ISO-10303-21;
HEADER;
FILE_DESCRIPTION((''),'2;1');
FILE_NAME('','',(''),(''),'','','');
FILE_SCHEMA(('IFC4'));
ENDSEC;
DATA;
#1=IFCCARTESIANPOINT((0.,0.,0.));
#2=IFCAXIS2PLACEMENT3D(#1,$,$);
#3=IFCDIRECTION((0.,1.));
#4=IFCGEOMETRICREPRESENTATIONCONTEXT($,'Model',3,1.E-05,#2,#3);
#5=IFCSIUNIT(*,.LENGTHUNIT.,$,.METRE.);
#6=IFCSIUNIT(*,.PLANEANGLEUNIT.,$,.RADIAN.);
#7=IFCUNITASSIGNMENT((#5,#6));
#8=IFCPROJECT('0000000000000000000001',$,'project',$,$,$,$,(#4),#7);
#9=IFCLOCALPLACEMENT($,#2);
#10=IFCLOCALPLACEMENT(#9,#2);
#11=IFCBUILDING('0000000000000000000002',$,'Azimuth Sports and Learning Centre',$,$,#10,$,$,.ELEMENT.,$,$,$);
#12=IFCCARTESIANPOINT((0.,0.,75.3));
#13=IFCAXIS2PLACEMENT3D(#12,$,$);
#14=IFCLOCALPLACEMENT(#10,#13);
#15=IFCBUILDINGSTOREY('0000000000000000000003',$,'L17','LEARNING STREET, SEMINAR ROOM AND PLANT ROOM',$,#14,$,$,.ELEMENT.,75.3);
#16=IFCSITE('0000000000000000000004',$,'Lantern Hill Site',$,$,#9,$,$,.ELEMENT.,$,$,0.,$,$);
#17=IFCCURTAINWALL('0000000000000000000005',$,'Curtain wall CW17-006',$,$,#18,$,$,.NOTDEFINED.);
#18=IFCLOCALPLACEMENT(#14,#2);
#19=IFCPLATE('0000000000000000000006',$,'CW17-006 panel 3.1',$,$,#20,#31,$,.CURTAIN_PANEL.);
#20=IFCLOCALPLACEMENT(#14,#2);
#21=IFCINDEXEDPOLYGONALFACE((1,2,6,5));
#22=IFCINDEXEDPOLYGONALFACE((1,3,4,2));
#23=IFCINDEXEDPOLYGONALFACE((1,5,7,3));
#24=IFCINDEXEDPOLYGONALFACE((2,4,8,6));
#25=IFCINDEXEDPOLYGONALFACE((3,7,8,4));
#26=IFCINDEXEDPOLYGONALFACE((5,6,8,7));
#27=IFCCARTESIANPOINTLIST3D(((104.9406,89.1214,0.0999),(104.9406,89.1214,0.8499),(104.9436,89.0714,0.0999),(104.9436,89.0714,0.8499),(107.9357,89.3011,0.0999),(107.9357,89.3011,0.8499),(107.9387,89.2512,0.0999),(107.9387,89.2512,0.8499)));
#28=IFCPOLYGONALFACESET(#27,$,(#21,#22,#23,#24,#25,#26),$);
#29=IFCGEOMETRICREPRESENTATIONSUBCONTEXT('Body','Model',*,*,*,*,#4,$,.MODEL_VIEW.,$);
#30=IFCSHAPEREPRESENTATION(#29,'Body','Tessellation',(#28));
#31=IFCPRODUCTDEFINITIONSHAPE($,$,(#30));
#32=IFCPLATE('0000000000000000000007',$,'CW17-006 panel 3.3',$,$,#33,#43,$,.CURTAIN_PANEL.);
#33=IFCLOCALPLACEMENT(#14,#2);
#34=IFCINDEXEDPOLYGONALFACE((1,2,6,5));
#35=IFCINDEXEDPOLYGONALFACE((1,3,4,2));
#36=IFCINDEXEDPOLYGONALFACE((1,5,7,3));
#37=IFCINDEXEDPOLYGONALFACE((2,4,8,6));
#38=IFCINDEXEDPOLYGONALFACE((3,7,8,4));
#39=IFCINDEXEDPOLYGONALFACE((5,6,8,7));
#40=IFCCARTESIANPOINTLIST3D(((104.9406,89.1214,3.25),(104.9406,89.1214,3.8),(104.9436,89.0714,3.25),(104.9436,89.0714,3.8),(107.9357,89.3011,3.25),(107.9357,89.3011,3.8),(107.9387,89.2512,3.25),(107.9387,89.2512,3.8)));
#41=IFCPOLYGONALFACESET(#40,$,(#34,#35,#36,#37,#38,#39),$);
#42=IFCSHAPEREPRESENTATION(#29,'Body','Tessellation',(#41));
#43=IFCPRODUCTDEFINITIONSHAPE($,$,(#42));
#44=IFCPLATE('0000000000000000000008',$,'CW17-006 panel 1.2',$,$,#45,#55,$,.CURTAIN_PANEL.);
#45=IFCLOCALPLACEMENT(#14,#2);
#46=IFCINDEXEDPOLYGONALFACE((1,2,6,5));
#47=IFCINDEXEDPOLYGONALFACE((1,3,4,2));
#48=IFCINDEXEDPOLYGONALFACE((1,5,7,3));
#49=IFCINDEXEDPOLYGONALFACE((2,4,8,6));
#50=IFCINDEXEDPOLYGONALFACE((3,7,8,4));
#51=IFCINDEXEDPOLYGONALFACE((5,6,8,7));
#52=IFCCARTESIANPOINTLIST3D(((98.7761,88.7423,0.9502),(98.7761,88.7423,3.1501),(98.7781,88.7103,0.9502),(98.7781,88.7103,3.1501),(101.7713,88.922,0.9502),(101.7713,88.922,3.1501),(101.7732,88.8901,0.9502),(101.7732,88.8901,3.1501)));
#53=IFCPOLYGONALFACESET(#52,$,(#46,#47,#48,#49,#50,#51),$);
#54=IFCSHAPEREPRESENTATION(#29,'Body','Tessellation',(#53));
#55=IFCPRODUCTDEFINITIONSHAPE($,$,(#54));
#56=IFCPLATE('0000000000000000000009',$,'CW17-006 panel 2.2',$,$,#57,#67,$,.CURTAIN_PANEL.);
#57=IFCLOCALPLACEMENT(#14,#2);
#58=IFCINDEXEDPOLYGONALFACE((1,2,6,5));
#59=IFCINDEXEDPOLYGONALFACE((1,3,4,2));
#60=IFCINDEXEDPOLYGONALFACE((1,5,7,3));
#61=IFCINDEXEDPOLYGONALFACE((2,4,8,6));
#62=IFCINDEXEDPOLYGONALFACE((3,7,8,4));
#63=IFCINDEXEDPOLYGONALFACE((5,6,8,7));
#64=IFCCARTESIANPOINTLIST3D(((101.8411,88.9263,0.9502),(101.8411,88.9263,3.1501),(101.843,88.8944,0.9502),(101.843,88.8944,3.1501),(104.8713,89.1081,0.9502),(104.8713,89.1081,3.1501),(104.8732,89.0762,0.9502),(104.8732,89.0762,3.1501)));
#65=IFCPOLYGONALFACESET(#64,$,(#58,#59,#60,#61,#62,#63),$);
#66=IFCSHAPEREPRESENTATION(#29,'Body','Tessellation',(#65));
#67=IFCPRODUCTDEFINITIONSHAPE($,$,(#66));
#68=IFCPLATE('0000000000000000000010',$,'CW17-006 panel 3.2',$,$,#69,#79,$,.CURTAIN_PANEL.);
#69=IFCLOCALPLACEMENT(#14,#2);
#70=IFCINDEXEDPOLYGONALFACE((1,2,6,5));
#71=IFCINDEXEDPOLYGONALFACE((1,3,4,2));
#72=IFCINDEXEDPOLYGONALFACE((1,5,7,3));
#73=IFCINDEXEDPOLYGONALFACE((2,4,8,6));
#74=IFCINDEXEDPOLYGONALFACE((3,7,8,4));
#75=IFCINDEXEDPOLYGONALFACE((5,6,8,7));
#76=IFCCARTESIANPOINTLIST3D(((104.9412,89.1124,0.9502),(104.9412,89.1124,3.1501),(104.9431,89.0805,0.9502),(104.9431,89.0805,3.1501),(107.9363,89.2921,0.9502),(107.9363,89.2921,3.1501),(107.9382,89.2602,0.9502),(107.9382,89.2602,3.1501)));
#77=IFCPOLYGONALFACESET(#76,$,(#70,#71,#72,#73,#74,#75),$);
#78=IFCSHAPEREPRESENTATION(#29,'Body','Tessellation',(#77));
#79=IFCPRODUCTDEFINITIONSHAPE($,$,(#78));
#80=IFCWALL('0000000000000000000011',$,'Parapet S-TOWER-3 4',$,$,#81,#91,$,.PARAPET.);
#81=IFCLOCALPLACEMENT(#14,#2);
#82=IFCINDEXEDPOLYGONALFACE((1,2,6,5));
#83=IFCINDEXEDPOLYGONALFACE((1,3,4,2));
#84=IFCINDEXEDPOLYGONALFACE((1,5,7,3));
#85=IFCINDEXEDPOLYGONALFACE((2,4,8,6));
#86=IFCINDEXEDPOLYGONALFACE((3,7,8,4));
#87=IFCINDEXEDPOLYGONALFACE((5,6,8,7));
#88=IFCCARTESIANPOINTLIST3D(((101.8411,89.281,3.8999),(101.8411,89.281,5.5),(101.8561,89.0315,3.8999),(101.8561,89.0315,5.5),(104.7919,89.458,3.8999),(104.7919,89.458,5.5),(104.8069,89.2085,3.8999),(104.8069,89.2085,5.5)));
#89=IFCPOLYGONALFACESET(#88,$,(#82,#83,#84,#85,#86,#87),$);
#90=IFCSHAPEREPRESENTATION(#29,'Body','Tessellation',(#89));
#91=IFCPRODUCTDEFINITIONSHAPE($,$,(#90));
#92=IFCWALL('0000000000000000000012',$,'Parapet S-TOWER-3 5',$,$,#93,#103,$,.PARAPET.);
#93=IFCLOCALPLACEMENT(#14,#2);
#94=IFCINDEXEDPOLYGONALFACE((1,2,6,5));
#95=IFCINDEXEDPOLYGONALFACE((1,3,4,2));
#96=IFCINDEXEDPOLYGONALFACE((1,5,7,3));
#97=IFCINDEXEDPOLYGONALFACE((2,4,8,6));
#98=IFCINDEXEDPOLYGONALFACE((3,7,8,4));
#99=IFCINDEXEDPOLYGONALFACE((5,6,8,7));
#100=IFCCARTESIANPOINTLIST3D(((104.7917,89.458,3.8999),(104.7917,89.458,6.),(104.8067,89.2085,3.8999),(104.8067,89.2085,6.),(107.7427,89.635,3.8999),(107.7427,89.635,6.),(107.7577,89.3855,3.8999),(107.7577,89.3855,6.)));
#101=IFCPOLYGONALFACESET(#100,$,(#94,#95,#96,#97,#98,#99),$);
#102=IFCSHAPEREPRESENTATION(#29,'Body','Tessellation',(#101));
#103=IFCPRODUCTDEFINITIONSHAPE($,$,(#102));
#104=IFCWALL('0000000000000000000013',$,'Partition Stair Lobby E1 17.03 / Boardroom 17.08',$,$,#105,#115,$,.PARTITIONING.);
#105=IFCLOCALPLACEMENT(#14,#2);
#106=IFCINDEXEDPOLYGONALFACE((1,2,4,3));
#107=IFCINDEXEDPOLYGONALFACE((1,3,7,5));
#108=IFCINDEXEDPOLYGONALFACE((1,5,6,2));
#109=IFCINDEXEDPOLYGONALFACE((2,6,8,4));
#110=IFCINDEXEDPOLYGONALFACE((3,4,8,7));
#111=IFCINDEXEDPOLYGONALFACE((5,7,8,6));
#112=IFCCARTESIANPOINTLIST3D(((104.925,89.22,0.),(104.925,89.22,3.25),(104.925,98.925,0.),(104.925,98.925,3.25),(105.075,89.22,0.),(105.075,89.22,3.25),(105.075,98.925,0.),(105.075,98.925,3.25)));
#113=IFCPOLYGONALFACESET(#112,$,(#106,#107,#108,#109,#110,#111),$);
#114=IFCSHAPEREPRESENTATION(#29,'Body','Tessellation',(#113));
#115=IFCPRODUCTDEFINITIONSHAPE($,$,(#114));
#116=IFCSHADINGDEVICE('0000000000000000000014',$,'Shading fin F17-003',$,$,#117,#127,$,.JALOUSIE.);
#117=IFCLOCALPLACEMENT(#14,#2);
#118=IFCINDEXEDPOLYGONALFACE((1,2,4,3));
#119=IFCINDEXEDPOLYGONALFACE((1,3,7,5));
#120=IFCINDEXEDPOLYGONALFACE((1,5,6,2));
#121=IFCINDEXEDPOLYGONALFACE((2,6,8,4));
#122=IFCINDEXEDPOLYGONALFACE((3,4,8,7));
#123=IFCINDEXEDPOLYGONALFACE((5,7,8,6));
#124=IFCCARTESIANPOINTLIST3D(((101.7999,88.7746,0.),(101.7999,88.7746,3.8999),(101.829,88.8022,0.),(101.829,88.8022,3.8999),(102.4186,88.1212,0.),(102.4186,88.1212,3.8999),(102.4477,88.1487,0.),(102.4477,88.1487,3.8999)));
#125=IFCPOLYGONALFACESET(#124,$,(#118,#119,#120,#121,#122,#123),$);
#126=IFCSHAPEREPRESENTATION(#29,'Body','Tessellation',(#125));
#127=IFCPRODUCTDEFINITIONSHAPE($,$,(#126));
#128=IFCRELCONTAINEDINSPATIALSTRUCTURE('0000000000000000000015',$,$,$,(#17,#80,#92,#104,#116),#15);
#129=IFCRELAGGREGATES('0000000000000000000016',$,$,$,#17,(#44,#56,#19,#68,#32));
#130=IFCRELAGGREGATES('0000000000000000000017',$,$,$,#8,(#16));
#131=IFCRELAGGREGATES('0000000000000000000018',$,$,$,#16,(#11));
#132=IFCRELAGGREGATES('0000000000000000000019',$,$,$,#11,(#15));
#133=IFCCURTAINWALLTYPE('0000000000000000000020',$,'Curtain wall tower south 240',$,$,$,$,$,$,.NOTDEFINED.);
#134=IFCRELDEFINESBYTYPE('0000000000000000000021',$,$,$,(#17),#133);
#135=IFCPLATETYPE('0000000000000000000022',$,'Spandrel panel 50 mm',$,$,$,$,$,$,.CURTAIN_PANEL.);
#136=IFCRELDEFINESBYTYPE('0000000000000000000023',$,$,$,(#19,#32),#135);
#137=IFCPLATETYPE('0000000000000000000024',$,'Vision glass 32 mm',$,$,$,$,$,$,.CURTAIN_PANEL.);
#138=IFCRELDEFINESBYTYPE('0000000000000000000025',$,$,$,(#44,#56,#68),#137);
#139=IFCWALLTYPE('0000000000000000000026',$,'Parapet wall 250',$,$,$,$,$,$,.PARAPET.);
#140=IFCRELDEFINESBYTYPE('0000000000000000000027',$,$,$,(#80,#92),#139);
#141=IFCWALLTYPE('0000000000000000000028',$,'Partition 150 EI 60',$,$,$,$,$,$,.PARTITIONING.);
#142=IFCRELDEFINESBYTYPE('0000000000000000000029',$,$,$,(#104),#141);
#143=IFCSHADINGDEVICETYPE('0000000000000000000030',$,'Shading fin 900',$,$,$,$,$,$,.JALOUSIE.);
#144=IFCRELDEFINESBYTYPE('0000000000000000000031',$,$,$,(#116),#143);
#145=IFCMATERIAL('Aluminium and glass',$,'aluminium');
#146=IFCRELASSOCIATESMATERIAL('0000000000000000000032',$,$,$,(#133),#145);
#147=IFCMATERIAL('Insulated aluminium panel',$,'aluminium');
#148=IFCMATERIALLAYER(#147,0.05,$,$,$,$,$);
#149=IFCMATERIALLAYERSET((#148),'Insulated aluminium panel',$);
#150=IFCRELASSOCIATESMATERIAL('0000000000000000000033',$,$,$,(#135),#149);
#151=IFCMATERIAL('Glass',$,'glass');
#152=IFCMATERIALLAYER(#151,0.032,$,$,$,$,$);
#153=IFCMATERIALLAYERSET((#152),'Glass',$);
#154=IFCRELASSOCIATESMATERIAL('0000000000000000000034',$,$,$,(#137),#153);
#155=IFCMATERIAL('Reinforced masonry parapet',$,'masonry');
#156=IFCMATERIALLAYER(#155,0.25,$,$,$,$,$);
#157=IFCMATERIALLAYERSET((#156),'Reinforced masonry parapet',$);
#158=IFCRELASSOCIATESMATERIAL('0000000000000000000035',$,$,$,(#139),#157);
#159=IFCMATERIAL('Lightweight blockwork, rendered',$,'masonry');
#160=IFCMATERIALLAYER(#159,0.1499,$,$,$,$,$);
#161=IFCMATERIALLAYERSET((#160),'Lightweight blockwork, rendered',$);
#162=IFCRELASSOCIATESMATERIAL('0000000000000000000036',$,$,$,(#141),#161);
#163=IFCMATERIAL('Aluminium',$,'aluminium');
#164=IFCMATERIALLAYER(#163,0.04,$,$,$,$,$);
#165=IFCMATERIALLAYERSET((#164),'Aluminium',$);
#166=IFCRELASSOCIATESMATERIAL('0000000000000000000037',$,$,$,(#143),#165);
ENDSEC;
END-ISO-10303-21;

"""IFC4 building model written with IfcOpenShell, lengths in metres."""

from ifc_helpers import new_model, si_unit, direction, frame, frame_2d, origin, origin_2d, place, context, subcontext, project, spatial, rectangle, extrude, material, layer, layer_set, type_object, element, aggregate, save


model = new_model("IFC4")

# Units and contexts
model_context = context("Model", 3, precision=1e-05, world=origin(), true_north=direction((0.0, 1.0)))
body_context = subcontext(model_context, "Body", "Model", "MODEL_VIEW")
ifc_project = project(units=[si_unit("LENGTHUNIT", "METRE"), si_unit("PLANEANGLEUNIT", "RADIAN")], contexts=[model_context])

# Site, building, storey
site_placement = place(None, origin())
site = spatial("IfcSite", under=ifc_project, at=site_placement, Name="Lantern Hill Site", CompositionType="ELEMENT", RefElevation=0.0)
building_placement = place(site_placement, origin())
building = spatial("IfcBuilding", under=site, at=building_placement, Name="Azimuth Sports and Learning Centre", CompositionType="ELEMENT")
storey_placement = place(building_placement, frame((0.0, 0.0, 75.3)))
storey = spatial("IfcBuildingStorey", under=building, at=storey_placement, Name="L17", Description="LEARNING STREET, SEMINAR ROOM AND PLANT ROOM", CompositionType="ELEMENT", Elevation=75.3)

# Curtain wall, plates
ifc_material_1 = material(Name="Aluminium and glass", Category="aluminium")
curtain_wall_type = type_object("IfcCurtainWallType", Name="Curtain wall tower south 240", PredefinedType="NOTDEFINED", material=ifc_material_1)
curtain_wall_placement = place(storey_placement, origin())
curtain_wall = element("IfcCurtainWall", 1, at=curtain_wall_placement, inside=storey, type_object=curtain_wall_type, Name="Curtain wall CW17-006", PredefinedType="NOTDEFINED")
ifc_material_2 = material(Name="Insulated aluminium panel", Category="aluminium")
ifc_layer_1 = layer(ifc_material_2, 0.05)
ifc_layer_set_1 = layer_set([ifc_layer_1], Name="Insulated aluminium panel")
plate_type_1 = type_object("IfcPlateType", Name="Spandrel panel 50 mm", PredefinedType="CURTAIN_PANEL", material=ifc_layer_set_1)
plate_1_placement = place(storey_placement, frame((106.4397, 89.1863, 0.0999), z_axis=(0.0, 0.0, 1.0), x_axis=(0.998205, 0.059892, 0.0)))
plate_1 = element("IfcPlate", 2, at=plate_1_placement, type_object=plate_type_1, Name="CW17-006 panel 3.1", PredefinedType="CURTAIN_PANEL", context=body_context, shape_type="SweptSolid", body=[
    extrude(rectangle(XDim=3.0005, YDim=0.05, at=origin_2d()), origin(), (0.0, 0.0, 1.0), 0.75),
])
plate_2_placement = place(storey_placement, frame((106.4397, 89.1863, 3.25), z_axis=(0.0, 0.0, 1.0), x_axis=(0.998205, 0.059892, 0.0)))
plate_2 = element("IfcPlate", 3, at=plate_2_placement, type_object=plate_type_1, Name="CW17-006 panel 3.3", PredefinedType="CURTAIN_PANEL", context=body_context, shape_type="SweptSolid", body=[
    extrude(rectangle(XDim=3.0005, YDim=0.05, at=origin_2d()), origin(), (0.0, 0.0, 1.0), 0.55),
])
ifc_material_3 = material(Name="Glass", Category="glass")
ifc_layer_2 = layer(ifc_material_3, 0.032)
ifc_layer_set_2 = layer_set([ifc_layer_2], Name="Glass")
plate_type_2 = type_object("IfcPlateType", Name="Vision glass 32 mm", PredefinedType="CURTAIN_PANEL", material=ifc_layer_set_2)
plate_3_placement = place(storey_placement, frame((100.2747, 88.8162, 0.9502), z_axis=(0.0, 0.0, 1.0), x_axis=(0.998205, 0.059892, 0.0)))
plate_3 = element("IfcPlate", 4, at=plate_3_placement, type_object=plate_type_2, Name="CW17-006 panel 1.2", PredefinedType="CURTAIN_PANEL", context=body_context, shape_type="SweptSolid", body=[
    extrude(rectangle(XDim=3.0005, YDim=0.032, at=origin_2d()), origin(), (0.0, 0.0, 1.0), 2.2),
])
plate_4_placement = place(storey_placement, frame((103.3572, 89.0012, 0.9502), z_axis=(0.0, 0.0, 1.0), x_axis=(0.998205, 0.059892, 0.0)))
plate_4 = element("IfcPlate", 5, at=plate_4_placement, type_object=plate_type_2, Name="CW17-006 panel 2.2", PredefinedType="CURTAIN_PANEL", context=body_context, shape_type="SweptSolid", body=[
    extrude(rectangle(XDim=3.0356, YDim=0.032, at=origin_2d()), origin(), (0.0, 0.0, 1.0), 2.2),
])
plate_5_placement = place(storey_placement, frame((106.4397, 89.1863, 0.9502), z_axis=(0.0, 0.0, 1.0), x_axis=(0.998205, 0.059892, 0.0)))
plate_5 = element("IfcPlate", 6, at=plate_5_placement, type_object=plate_type_2, Name="CW17-006 panel 3.2", PredefinedType="CURTAIN_PANEL", context=body_context, shape_type="SweptSolid", body=[
    extrude(rectangle(XDim=3.0005, YDim=0.032, at=origin_2d()), origin(), (0.0, 0.0, 1.0), 2.2),
])
aggregate(curtain_wall, [plate_3, plate_4, plate_1, plate_5, plate_2])

# Walls
ifc_material_4 = material(Name="Reinforced masonry parapet", Category="masonry")
ifc_layer_3 = layer(ifc_material_4, 0.25)
ifc_layer_set_3 = layer_set([ifc_layer_3], Name="Reinforced masonry parapet")
wall_type_1 = type_object("IfcWallType", Name="Parapet wall 250", PredefinedType="PARAPET", material=ifc_layer_set_3)
wall_1_placement = place(storey_placement, frame((101.8486, 89.1562, 3.8999), z_axis=(0.0, 0.0, 1.0), x_axis=(0.998206, 0.059879, 0.0)))
element("IfcWall", 7, at=wall_1_placement, inside=storey, type_object=wall_type_1, Name="Parapet S-TOWER-3 4", PredefinedType="PARAPET", context=body_context, shape_type="SweptSolid", body=[
    extrude(rectangle(XDim=2.9561, YDim=0.25, at=frame_2d((1.478, 0.0))), origin(), (0.0, 0.0, 1.0), 1.6001),
])
wall_2_placement = place(storey_placement, frame((104.7993, 89.3333, 3.8999), z_axis=(0.0, 0.0, 1.0), x_axis=(0.998206, 0.059874, 0.0)))
element("IfcWall", 8, at=wall_2_placement, inside=storey, type_object=wall_type_1, Name="Parapet S-TOWER-3 5", PredefinedType="PARAPET", context=body_context, shape_type="SweptSolid", body=[
    extrude(rectangle(XDim=2.9563, YDim=0.25, at=frame_2d((1.478, 0.0))), origin(), (0.0, 0.0, 1.0), 2.1001),
])
ifc_material_5 = material(Name="Lightweight blockwork, rendered", Category="masonry")
ifc_layer_4 = layer(ifc_material_5, 0.1499)
ifc_layer_set_4 = layer_set([ifc_layer_4], Name="Lightweight blockwork, rendered")
wall_type_2 = type_object("IfcWallType", Name="Partition 150 EI 60", PredefinedType="PARTITIONING", material=ifc_layer_set_4)
wall_3_placement = place(storey_placement, frame((105.0, 89.22, 0.0), z_axis=(0.0, 0.0, 1.0), x_axis=(0.0, 1.0, 0.0)))
element("IfcWall", 9, at=wall_3_placement, inside=storey, type_object=wall_type_2, Name="Partition Stair Lobby E1 17.03 / Boardroom 17.08", PredefinedType="PARTITIONING", context=body_context, shape_type="SweptSolid", body=[
    extrude(rectangle(XDim=9.7051, YDim=0.1499, at=frame_2d((4.8525, 0.0))), origin(), (0.0, 0.0, 1.0), 3.25),
])

# Shading device
ifc_material_6 = material(Name="Aluminium", Category="aluminium")
ifc_layer_5 = layer(ifc_material_6, 0.04)
ifc_layer_set_5 = layer_set([ifc_layer_5], Name="Aluminium")
shading_device_type = type_object("IfcShadingDeviceType", Name="Shading fin 900", PredefinedType="JALOUSIE", material=ifc_layer_set_5)
shading_device_placement = place(storey_placement, frame((102.1238, 88.4617, 0.0), z_axis=(0.0, 0.0, 1.0), x_axis=(0.687514, -0.726171, 0.0)))
element("IfcShadingDevice", 10, at=shading_device_placement, inside=storey, type_object=shading_device_type, Name="Shading fin F17-003", PredefinedType="JALOUSIE", context=body_context, shape_type="SweptSolid", body=[
    extrude(rectangle(XDim=0.8999, YDim=0.04, at=origin_2d()), origin(), (0.0, 0.0, 1.0), 3.8999),
])

save(model, "model.ifc")
